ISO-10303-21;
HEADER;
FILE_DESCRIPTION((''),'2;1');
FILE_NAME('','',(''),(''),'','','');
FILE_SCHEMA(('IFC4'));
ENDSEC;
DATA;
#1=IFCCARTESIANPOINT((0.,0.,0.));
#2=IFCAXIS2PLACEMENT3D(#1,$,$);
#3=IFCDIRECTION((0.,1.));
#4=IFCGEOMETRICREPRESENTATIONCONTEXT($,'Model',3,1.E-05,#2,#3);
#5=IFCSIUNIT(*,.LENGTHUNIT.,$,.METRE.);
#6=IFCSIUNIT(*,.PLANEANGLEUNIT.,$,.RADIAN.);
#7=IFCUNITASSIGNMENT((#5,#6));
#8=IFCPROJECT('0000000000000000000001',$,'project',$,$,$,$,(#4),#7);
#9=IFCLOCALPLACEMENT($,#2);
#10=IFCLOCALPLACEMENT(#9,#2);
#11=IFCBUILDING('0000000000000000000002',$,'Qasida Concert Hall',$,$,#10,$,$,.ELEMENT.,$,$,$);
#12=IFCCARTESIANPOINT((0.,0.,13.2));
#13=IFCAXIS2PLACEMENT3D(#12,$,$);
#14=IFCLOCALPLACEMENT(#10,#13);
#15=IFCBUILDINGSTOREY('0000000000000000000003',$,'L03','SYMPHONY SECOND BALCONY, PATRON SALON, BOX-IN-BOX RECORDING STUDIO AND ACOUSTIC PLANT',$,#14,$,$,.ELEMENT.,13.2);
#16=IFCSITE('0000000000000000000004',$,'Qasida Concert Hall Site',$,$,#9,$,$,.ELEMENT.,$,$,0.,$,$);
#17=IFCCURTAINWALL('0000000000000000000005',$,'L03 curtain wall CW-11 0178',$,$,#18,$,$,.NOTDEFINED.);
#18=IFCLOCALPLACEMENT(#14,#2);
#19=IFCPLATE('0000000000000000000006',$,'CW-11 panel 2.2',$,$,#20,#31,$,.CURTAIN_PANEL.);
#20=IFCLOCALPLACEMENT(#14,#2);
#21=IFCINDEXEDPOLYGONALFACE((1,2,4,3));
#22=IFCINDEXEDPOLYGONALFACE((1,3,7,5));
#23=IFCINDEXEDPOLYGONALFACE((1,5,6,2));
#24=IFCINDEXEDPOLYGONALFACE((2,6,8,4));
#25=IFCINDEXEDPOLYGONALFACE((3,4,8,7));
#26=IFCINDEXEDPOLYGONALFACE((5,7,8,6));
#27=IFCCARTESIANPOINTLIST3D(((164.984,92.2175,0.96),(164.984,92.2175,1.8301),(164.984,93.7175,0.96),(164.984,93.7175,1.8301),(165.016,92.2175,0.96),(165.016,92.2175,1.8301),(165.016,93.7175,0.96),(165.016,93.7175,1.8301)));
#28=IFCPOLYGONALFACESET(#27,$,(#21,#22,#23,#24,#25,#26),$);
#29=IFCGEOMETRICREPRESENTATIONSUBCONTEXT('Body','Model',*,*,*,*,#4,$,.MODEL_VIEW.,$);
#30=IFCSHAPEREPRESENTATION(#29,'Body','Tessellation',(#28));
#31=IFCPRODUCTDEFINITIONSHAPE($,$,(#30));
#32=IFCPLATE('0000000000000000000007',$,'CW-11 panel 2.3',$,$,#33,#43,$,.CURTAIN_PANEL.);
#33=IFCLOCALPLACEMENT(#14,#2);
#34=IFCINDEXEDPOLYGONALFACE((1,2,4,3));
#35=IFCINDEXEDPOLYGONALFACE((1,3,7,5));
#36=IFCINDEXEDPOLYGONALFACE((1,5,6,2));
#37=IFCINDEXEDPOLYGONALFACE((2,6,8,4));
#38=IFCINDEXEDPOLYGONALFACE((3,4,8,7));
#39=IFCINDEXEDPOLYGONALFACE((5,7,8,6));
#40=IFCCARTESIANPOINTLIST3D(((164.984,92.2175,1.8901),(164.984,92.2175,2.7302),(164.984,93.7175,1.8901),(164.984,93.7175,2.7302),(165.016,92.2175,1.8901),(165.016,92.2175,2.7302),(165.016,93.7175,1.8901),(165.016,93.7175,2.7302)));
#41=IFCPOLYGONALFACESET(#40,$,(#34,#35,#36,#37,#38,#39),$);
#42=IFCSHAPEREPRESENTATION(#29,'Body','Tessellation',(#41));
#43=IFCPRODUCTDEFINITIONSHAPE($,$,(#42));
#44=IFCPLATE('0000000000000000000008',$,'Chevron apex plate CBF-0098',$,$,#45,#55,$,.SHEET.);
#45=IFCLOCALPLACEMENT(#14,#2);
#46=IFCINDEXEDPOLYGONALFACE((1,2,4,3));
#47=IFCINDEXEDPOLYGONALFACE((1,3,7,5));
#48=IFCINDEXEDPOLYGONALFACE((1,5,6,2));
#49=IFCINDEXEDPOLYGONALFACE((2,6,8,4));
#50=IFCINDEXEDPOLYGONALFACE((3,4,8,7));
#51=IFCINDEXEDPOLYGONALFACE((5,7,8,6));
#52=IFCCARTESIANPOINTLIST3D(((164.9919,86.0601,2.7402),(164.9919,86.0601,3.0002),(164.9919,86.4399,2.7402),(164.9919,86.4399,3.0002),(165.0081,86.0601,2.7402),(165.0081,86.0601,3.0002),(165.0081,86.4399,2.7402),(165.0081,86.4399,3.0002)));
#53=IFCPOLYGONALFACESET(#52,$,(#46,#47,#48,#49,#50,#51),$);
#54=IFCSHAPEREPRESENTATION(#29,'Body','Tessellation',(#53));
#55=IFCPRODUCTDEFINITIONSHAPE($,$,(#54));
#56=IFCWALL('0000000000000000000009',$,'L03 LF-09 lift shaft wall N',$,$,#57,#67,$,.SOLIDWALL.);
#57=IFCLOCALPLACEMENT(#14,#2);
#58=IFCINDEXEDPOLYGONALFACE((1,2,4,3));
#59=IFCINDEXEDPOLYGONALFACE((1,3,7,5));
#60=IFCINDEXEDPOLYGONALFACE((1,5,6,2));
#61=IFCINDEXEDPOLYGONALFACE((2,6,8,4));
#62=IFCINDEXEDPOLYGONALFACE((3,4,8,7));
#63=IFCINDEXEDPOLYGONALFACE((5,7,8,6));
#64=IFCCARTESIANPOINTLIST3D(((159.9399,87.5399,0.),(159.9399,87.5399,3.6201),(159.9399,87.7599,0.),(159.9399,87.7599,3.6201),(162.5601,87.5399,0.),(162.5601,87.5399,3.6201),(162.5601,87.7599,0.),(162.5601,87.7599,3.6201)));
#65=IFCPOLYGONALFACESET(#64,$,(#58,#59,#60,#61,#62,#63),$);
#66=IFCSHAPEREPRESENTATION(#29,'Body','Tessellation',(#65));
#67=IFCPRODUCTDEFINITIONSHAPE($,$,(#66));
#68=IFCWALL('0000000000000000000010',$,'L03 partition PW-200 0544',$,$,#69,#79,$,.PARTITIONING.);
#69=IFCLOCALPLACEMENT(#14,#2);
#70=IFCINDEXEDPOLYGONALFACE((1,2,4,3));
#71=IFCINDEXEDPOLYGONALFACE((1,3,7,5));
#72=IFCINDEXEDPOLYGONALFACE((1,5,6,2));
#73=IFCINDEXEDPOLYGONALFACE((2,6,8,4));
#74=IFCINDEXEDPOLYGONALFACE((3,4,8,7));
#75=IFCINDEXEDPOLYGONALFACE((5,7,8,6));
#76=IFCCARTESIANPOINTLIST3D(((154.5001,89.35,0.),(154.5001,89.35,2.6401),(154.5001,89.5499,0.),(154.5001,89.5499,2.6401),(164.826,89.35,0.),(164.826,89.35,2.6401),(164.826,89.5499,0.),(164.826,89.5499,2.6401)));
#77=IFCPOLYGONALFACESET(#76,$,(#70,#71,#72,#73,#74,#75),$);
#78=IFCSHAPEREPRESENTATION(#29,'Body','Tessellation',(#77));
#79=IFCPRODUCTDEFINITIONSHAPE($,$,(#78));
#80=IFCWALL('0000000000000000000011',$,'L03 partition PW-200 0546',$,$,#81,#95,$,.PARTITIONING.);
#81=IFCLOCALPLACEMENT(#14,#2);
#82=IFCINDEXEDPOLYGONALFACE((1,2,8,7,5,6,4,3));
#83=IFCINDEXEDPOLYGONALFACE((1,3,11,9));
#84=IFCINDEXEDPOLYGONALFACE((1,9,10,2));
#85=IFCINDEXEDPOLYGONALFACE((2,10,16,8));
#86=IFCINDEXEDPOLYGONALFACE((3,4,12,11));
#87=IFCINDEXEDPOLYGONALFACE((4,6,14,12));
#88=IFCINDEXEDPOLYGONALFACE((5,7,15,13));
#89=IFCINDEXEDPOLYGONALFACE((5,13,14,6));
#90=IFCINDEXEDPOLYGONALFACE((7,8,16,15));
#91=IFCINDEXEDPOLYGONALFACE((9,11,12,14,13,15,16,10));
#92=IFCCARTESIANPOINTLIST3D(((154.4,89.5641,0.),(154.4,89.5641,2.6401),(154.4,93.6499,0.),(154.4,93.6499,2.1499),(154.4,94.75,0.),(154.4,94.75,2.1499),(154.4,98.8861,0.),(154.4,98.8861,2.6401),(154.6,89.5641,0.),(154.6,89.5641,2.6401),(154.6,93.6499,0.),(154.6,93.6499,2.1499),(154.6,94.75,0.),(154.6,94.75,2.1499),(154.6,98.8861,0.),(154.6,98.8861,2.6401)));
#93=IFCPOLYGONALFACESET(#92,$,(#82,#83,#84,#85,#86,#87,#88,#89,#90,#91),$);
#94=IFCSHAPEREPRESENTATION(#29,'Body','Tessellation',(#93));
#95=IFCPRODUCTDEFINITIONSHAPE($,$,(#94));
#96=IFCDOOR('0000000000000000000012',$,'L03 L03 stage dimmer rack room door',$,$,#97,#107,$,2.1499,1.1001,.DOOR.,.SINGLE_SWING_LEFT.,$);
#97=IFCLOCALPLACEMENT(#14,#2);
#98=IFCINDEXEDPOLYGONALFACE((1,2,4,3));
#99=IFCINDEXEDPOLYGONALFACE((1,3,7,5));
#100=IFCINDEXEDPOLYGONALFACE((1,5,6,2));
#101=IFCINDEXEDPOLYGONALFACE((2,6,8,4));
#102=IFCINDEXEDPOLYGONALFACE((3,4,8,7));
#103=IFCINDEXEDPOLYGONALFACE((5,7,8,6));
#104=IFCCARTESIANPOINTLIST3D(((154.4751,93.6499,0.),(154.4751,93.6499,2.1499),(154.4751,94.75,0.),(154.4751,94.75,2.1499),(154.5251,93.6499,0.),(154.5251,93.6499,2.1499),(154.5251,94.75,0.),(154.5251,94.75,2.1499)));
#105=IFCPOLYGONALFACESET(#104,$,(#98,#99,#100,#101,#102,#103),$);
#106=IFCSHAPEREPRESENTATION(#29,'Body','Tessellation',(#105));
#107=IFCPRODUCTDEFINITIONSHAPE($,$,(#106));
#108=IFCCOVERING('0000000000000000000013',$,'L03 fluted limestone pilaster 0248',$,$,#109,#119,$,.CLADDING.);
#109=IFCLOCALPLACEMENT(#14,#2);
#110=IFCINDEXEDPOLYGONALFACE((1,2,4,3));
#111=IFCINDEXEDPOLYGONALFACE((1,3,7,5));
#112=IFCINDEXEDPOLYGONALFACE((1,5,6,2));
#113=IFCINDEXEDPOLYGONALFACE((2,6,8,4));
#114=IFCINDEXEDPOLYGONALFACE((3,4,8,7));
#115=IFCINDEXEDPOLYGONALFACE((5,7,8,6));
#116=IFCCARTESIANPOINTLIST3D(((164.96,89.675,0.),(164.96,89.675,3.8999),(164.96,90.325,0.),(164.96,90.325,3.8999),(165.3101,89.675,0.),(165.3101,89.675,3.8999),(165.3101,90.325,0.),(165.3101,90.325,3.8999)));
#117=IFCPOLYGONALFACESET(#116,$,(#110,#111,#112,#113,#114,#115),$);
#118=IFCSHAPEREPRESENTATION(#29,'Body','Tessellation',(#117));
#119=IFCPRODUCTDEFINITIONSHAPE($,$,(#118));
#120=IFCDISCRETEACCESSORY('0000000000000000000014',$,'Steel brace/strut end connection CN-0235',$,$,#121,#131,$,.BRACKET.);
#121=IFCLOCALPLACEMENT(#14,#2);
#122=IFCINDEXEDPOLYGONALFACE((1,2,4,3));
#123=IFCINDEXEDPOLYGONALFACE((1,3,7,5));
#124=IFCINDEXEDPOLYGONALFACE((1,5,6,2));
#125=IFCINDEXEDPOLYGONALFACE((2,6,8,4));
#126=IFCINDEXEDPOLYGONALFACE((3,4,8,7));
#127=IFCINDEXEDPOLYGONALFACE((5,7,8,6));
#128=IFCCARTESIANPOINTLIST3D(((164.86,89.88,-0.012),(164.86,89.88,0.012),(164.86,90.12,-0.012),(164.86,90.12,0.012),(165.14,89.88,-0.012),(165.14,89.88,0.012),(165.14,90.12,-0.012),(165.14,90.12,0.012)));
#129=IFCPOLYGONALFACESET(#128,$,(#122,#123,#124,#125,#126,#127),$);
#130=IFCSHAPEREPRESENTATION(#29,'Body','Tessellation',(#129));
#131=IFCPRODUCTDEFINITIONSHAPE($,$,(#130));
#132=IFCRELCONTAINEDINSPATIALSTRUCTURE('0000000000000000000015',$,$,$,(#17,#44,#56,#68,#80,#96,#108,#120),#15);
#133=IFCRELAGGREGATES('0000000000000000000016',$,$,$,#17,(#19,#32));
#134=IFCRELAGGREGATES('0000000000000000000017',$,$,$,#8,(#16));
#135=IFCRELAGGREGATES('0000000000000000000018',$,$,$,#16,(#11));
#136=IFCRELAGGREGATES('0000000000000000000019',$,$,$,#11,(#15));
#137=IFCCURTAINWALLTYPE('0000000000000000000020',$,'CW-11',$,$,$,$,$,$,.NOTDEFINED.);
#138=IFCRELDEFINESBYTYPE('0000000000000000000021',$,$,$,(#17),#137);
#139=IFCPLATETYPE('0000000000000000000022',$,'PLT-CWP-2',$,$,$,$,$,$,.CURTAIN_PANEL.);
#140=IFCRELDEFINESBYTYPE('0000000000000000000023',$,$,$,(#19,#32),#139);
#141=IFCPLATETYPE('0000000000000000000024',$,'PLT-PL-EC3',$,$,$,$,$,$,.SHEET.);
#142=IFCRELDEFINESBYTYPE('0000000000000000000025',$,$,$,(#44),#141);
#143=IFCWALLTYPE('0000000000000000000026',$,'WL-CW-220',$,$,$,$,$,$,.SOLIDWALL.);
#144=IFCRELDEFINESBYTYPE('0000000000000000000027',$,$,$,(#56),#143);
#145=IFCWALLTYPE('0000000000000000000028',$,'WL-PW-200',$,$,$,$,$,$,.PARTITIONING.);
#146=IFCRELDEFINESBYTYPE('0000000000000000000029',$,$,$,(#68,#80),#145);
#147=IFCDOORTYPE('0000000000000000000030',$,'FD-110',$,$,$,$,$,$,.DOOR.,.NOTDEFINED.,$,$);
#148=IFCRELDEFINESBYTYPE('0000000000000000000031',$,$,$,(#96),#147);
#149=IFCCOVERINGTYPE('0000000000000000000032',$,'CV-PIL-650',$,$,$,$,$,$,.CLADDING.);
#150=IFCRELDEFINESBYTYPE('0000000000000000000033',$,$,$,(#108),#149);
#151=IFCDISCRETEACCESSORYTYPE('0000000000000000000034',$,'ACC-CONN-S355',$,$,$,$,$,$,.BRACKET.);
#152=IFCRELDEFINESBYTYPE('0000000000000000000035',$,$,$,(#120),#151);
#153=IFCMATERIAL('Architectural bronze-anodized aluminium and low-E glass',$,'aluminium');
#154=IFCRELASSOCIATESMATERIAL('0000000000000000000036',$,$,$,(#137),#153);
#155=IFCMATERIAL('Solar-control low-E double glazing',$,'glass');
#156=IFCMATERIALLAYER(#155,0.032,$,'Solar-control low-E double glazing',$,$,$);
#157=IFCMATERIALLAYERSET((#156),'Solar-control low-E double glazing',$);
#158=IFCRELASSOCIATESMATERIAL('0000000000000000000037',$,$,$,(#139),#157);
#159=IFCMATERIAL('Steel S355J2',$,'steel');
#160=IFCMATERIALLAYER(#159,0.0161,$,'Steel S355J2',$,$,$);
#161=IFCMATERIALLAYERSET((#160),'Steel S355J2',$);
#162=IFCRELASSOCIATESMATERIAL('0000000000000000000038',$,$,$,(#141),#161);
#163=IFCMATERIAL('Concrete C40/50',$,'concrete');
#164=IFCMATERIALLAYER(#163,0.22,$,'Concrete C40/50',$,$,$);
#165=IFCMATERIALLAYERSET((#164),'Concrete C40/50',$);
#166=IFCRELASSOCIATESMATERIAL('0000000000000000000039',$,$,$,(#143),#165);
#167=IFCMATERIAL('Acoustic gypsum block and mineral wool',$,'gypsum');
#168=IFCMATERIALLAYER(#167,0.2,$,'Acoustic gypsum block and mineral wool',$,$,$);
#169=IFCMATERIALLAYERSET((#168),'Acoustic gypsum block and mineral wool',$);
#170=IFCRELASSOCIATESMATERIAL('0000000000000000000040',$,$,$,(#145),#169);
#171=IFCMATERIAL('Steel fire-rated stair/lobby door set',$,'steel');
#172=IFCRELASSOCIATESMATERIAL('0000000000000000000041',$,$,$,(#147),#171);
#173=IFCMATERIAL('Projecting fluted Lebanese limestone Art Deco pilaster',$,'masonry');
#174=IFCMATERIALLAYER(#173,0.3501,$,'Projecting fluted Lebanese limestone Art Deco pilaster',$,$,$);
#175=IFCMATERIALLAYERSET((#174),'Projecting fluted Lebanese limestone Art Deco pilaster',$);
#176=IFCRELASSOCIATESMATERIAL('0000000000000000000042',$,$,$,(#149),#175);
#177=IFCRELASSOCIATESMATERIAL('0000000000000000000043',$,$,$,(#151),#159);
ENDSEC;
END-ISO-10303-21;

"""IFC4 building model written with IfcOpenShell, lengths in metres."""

from ifc_helpers import new_model, si_unit, direction, frame, frame_2d, origin, origin_2d, place, context, subcontext, project, spatial, rectangle, extrude, material, layer, layer_set, type_object, element, fill, aggregate, save


model = new_model("IFC4")

# Units and contexts
model_context = context("Model", 3, precision=1e-05, world=origin(), true_north=direction((0.0, 1.0)))
body_context = subcontext(model_context, "Body", "Model", "MODEL_VIEW")
ifc_project = project(units=[si_unit("LENGTHUNIT", "METRE"), si_unit("PLANEANGLEUNIT", "RADIAN")], contexts=[model_context])

# Site, building, storey
site_placement = place(None, origin())
site = spatial("IfcSite", under=ifc_project, at=site_placement, Name="Qasida Concert Hall Site", CompositionType="ELEMENT", RefElevation=0.0)
building_placement = place(site_placement, origin())
building = spatial("IfcBuilding", under=site, at=building_placement, Name="Qasida Concert Hall", CompositionType="ELEMENT")
storey_placement = place(building_placement, frame((0.0, 0.0, 13.2)))
storey = spatial("IfcBuildingStorey", under=building, at=storey_placement, Name="L03", Description="SYMPHONY SECOND BALCONY, PATRON SALON, BOX-IN-BOX RECORDING STUDIO AND ACOUSTIC PLANT", CompositionType="ELEMENT", Elevation=13.2)

# Shared definitions
ifc_material_1 = material(Name="Steel S355J2", Category="steel")
ifc_material_2 = material(Name="Concrete C40/50", Category="concrete")

# Curtain wall, plates
ifc_material_3 = material(Name="Architectural bronze-anodized aluminium and low-E glass", Category="aluminium")
curtain_wall_type = type_object("IfcCurtainWallType", Name="CW-11", PredefinedType="NOTDEFINED", material=ifc_material_3)
curtain_wall_placement = place(storey_placement, origin())
curtain_wall = element("IfcCurtainWall", 1, at=curtain_wall_placement, inside=storey, type_object=curtain_wall_type, Name="L03 curtain wall CW-11 0178", PredefinedType="NOTDEFINED")
ifc_material_4 = material(Name="Solar-control low-E double glazing", Category="glass")
ifc_layer_1 = layer(ifc_material_4, 0.032, Name="Solar-control low-E double glazing")
ifc_layer_set_1 = layer_set([ifc_layer_1], Name="Solar-control low-E double glazing")
plate_type_1 = type_object("IfcPlateType", Name="PLT-CWP-2", PredefinedType="CURTAIN_PANEL", material=ifc_layer_set_1)
plate_1_placement = place(storey_placement, frame((165.0, 92.9675, 0.96), z_axis=(0.0, 0.0, 1.0), x_axis=(0.0, 1.0, 0.0)))
plate_1 = element("IfcPlate", 2, at=plate_1_placement, type_object=plate_type_1, Name="CW-11 panel 2.2", PredefinedType="CURTAIN_PANEL", context=body_context, shape_type="SweptSolid", body=[
    extrude(rectangle(XDim=1.5, YDim=0.032, at=origin_2d()), origin(), (0.0, 0.0, 1.0), 0.8701),
])
plate_2_placement = place(storey_placement, frame((165.0, 92.9675, 1.8901), z_axis=(0.0, 0.0, 1.0), x_axis=(0.0, 1.0, 0.0)))
plate_2 = element("IfcPlate", 3, at=plate_2_placement, type_object=plate_type_1, Name="CW-11 panel 2.3", PredefinedType="CURTAIN_PANEL", context=body_context, shape_type="SweptSolid", body=[
    extrude(rectangle(XDim=1.5, YDim=0.032, at=origin_2d()), origin(), (0.0, 0.0, 1.0), 0.8401),
])
aggregate(curtain_wall, [plate_1, plate_2])

# Plate
ifc_layer_2 = layer(ifc_material_1, 0.0161, Name="Steel S355J2")
ifc_layer_set_2 = layer_set([ifc_layer_2], Name="Steel S355J2")
plate_type_2 = type_object("IfcPlateType", Name="PLT-PL-EC3", PredefinedType="SHEET", material=ifc_layer_set_2)
plate_3_placement = place(storey_placement, frame((165.0, 86.25, 2.7402), z_axis=(0.0, 0.0, 1.0), x_axis=(0.0, 1.0, 0.0)))
element("IfcPlate", 4, at=plate_3_placement, inside=storey, type_object=plate_type_2, Name="Chevron apex plate CBF-0098", PredefinedType="SHEET", context=body_context, shape_type="SweptSolid", body=[
    extrude(rectangle(XDim=0.3799, YDim=0.0161, at=origin_2d()), origin(), (0.0, 0.0, 1.0), 0.26),
])

# Walls
ifc_layer_3 = layer(ifc_material_2, 0.22, Name="Concrete C40/50")
ifc_layer_set_3 = layer_set([ifc_layer_3], Name="Concrete C40/50")
wall_type_1 = type_object("IfcWallType", Name="WL-CW-220", PredefinedType="SOLIDWALL", material=ifc_layer_set_3)
wall_1_placement = place(storey_placement, frame((159.9399, 87.6499, 0.0), z_axis=(0.0, 0.0, 1.0), x_axis=(1.0, 0.0, 0.0)))
element("IfcWall", 5, at=wall_1_placement, inside=storey, type_object=wall_type_1, Name="L03 LF-09 lift shaft wall N", PredefinedType="SOLIDWALL", context=body_context, shape_type="SweptSolid", body=[
    extrude(rectangle(XDim=2.6201, YDim=0.22, at=frame_2d((1.3101, 0.0))), origin(), (0.0, 0.0, 1.0), 3.6201),
])
ifc_material_5 = material(Name="Acoustic gypsum block and mineral wool", Category="gypsum")
ifc_layer_4 = layer(ifc_material_5, 0.2, Name="Acoustic gypsum block and mineral wool")
ifc_layer_set_4 = layer_set([ifc_layer_4], Name="Acoustic gypsum block and mineral wool")
wall_type_2 = type_object("IfcWallType", Name="WL-PW-200", PredefinedType="PARTITIONING", material=ifc_layer_set_4)
wall_2_placement = place(storey_placement, frame((154.5, 89.45, 0.0), z_axis=(0.0, 0.0, 1.0), x_axis=(1.0, 0.0, 0.0)))
element("IfcWall", 6, at=wall_2_placement, inside=storey, type_object=wall_type_2, Name="L03 partition PW-200 0544", PredefinedType="PARTITIONING", context=body_context, shape_type="SweptSolid", body=[
    extrude(rectangle(XDim=10.3259, YDim=0.2, at=frame_2d((5.1631, 0.0))), origin(), (0.0, 0.0, 1.0), 2.6401),
])

# Wall, opening, door
wall_3_placement = place(storey_placement, frame((154.5, 89.564, 0.0), z_axis=(0.0, 0.0, 1.0), x_axis=(0.0, 1.0, 0.0)))
wall_3 = element("IfcWall", 7, at=wall_3_placement, inside=storey, type_object=wall_type_2, Name="L03 partition PW-200 0546", PredefinedType="PARTITIONING", context=body_context, shape_type="SweptSolid", body=[
    extrude(rectangle(XDim=9.322, YDim=0.2, at=frame_2d((4.6611, 0.0))), origin(), (0.0, 0.0, 1.0), 2.6401),
])
opening_placement = place(wall_3_placement, frame((4.0859, 0.0, 0.0)))
opening = element("IfcOpeningElement", 8, at=opening_placement, cuts=wall_3, PredefinedType="OPENING", context=body_context, shape_type="SweptSolid", body=[
    extrude(rectangle(XDim=1.1001, YDim=2.1499, at=frame_2d((0.55, 1.075))), frame((0.0, 0.1099, 0.0), z_axis=(0.0, -1.0, 0.0), x_axis=(1.0, 0.0, 0.0)), (0.0, 0.0, 1.0), 0.22),
])
ifc_material_6 = material(Name="Steel fire-rated stair/lobby door set", Category="steel")
door_type = type_object("IfcDoorType", Name="FD-110", OperationType="NOTDEFINED", PredefinedType="DOOR", material=ifc_material_6)
door_placement = place(opening_placement, origin())
door = element("IfcDoor", 9, at=door_placement, inside=storey, type_object=door_type, Name="L03 L03 stage dimmer rack room door", OperationType="SINGLE_SWING_LEFT", OverallHeight=2.1499, OverallWidth=1.1001, PredefinedType="DOOR", context=body_context, shape_type="SweptSolid", body=[
    extrude(rectangle(XDim=1.1001, YDim=2.1499, at=frame_2d((0.55, 1.075))), frame((0.0, 0.0249, 0.0), z_axis=(0.0, -1.0, 0.0), x_axis=(1.0, 0.0, 0.0)), (0.0, 0.0, 1.0), 0.05),
])
fill(opening, door)

# Covering
ifc_material_7 = material(Name="Projecting fluted Lebanese limestone Art Deco pilaster", Category="masonry")
ifc_layer_5 = layer(ifc_material_7, 0.3501, Name="Projecting fluted Lebanese limestone Art Deco pilaster")
ifc_layer_set_5 = layer_set([ifc_layer_5], Name="Projecting fluted Lebanese limestone Art Deco pilaster")
covering_type = type_object("IfcCoveringType", Name="CV-PIL-650", PredefinedType="CLADDING", material=ifc_layer_set_5)
covering_placement = place(storey_placement, frame((165.135, 90.0, 0.0), z_axis=(0.0, 0.0, 1.0), x_axis=(1.0, 0.0, 0.0)))
element("IfcCovering", 10, at=covering_placement, inside=storey, type_object=covering_type, Name="L03 fluted limestone pilaster 0248", PredefinedType="CLADDING", context=body_context, shape_type="SweptSolid", body=[
    extrude(rectangle(XDim=0.3501, YDim=0.6499, at=origin_2d()), origin(), (0.0, 0.0, 1.0), 3.8999),
])

# Discrete accessory
discrete_accessory_type = type_object("IfcDiscreteAccessoryType", Name="ACC-CONN-S355", PredefinedType="BRACKET", material=ifc_material_1)
discrete_accessory_placement = place(storey_placement, frame((165.0, 90.0, -0.012), z_axis=(0.0, 0.0, 1.0), x_axis=(1.0, 0.0, 0.0)))
element("IfcDiscreteAccessory", 11, at=discrete_accessory_placement, inside=storey, type_object=discrete_accessory_type, Name="Steel brace/strut end connection CN-0235", PredefinedType="BRACKET", context=body_context, shape_type="SweptSolid", body=[
    extrude(rectangle(XDim=0.28, YDim=0.24, at=origin_2d()), origin(), (0.0, 0.0, 1.0), 0.0239),
])

save(model, "model.ifc")
